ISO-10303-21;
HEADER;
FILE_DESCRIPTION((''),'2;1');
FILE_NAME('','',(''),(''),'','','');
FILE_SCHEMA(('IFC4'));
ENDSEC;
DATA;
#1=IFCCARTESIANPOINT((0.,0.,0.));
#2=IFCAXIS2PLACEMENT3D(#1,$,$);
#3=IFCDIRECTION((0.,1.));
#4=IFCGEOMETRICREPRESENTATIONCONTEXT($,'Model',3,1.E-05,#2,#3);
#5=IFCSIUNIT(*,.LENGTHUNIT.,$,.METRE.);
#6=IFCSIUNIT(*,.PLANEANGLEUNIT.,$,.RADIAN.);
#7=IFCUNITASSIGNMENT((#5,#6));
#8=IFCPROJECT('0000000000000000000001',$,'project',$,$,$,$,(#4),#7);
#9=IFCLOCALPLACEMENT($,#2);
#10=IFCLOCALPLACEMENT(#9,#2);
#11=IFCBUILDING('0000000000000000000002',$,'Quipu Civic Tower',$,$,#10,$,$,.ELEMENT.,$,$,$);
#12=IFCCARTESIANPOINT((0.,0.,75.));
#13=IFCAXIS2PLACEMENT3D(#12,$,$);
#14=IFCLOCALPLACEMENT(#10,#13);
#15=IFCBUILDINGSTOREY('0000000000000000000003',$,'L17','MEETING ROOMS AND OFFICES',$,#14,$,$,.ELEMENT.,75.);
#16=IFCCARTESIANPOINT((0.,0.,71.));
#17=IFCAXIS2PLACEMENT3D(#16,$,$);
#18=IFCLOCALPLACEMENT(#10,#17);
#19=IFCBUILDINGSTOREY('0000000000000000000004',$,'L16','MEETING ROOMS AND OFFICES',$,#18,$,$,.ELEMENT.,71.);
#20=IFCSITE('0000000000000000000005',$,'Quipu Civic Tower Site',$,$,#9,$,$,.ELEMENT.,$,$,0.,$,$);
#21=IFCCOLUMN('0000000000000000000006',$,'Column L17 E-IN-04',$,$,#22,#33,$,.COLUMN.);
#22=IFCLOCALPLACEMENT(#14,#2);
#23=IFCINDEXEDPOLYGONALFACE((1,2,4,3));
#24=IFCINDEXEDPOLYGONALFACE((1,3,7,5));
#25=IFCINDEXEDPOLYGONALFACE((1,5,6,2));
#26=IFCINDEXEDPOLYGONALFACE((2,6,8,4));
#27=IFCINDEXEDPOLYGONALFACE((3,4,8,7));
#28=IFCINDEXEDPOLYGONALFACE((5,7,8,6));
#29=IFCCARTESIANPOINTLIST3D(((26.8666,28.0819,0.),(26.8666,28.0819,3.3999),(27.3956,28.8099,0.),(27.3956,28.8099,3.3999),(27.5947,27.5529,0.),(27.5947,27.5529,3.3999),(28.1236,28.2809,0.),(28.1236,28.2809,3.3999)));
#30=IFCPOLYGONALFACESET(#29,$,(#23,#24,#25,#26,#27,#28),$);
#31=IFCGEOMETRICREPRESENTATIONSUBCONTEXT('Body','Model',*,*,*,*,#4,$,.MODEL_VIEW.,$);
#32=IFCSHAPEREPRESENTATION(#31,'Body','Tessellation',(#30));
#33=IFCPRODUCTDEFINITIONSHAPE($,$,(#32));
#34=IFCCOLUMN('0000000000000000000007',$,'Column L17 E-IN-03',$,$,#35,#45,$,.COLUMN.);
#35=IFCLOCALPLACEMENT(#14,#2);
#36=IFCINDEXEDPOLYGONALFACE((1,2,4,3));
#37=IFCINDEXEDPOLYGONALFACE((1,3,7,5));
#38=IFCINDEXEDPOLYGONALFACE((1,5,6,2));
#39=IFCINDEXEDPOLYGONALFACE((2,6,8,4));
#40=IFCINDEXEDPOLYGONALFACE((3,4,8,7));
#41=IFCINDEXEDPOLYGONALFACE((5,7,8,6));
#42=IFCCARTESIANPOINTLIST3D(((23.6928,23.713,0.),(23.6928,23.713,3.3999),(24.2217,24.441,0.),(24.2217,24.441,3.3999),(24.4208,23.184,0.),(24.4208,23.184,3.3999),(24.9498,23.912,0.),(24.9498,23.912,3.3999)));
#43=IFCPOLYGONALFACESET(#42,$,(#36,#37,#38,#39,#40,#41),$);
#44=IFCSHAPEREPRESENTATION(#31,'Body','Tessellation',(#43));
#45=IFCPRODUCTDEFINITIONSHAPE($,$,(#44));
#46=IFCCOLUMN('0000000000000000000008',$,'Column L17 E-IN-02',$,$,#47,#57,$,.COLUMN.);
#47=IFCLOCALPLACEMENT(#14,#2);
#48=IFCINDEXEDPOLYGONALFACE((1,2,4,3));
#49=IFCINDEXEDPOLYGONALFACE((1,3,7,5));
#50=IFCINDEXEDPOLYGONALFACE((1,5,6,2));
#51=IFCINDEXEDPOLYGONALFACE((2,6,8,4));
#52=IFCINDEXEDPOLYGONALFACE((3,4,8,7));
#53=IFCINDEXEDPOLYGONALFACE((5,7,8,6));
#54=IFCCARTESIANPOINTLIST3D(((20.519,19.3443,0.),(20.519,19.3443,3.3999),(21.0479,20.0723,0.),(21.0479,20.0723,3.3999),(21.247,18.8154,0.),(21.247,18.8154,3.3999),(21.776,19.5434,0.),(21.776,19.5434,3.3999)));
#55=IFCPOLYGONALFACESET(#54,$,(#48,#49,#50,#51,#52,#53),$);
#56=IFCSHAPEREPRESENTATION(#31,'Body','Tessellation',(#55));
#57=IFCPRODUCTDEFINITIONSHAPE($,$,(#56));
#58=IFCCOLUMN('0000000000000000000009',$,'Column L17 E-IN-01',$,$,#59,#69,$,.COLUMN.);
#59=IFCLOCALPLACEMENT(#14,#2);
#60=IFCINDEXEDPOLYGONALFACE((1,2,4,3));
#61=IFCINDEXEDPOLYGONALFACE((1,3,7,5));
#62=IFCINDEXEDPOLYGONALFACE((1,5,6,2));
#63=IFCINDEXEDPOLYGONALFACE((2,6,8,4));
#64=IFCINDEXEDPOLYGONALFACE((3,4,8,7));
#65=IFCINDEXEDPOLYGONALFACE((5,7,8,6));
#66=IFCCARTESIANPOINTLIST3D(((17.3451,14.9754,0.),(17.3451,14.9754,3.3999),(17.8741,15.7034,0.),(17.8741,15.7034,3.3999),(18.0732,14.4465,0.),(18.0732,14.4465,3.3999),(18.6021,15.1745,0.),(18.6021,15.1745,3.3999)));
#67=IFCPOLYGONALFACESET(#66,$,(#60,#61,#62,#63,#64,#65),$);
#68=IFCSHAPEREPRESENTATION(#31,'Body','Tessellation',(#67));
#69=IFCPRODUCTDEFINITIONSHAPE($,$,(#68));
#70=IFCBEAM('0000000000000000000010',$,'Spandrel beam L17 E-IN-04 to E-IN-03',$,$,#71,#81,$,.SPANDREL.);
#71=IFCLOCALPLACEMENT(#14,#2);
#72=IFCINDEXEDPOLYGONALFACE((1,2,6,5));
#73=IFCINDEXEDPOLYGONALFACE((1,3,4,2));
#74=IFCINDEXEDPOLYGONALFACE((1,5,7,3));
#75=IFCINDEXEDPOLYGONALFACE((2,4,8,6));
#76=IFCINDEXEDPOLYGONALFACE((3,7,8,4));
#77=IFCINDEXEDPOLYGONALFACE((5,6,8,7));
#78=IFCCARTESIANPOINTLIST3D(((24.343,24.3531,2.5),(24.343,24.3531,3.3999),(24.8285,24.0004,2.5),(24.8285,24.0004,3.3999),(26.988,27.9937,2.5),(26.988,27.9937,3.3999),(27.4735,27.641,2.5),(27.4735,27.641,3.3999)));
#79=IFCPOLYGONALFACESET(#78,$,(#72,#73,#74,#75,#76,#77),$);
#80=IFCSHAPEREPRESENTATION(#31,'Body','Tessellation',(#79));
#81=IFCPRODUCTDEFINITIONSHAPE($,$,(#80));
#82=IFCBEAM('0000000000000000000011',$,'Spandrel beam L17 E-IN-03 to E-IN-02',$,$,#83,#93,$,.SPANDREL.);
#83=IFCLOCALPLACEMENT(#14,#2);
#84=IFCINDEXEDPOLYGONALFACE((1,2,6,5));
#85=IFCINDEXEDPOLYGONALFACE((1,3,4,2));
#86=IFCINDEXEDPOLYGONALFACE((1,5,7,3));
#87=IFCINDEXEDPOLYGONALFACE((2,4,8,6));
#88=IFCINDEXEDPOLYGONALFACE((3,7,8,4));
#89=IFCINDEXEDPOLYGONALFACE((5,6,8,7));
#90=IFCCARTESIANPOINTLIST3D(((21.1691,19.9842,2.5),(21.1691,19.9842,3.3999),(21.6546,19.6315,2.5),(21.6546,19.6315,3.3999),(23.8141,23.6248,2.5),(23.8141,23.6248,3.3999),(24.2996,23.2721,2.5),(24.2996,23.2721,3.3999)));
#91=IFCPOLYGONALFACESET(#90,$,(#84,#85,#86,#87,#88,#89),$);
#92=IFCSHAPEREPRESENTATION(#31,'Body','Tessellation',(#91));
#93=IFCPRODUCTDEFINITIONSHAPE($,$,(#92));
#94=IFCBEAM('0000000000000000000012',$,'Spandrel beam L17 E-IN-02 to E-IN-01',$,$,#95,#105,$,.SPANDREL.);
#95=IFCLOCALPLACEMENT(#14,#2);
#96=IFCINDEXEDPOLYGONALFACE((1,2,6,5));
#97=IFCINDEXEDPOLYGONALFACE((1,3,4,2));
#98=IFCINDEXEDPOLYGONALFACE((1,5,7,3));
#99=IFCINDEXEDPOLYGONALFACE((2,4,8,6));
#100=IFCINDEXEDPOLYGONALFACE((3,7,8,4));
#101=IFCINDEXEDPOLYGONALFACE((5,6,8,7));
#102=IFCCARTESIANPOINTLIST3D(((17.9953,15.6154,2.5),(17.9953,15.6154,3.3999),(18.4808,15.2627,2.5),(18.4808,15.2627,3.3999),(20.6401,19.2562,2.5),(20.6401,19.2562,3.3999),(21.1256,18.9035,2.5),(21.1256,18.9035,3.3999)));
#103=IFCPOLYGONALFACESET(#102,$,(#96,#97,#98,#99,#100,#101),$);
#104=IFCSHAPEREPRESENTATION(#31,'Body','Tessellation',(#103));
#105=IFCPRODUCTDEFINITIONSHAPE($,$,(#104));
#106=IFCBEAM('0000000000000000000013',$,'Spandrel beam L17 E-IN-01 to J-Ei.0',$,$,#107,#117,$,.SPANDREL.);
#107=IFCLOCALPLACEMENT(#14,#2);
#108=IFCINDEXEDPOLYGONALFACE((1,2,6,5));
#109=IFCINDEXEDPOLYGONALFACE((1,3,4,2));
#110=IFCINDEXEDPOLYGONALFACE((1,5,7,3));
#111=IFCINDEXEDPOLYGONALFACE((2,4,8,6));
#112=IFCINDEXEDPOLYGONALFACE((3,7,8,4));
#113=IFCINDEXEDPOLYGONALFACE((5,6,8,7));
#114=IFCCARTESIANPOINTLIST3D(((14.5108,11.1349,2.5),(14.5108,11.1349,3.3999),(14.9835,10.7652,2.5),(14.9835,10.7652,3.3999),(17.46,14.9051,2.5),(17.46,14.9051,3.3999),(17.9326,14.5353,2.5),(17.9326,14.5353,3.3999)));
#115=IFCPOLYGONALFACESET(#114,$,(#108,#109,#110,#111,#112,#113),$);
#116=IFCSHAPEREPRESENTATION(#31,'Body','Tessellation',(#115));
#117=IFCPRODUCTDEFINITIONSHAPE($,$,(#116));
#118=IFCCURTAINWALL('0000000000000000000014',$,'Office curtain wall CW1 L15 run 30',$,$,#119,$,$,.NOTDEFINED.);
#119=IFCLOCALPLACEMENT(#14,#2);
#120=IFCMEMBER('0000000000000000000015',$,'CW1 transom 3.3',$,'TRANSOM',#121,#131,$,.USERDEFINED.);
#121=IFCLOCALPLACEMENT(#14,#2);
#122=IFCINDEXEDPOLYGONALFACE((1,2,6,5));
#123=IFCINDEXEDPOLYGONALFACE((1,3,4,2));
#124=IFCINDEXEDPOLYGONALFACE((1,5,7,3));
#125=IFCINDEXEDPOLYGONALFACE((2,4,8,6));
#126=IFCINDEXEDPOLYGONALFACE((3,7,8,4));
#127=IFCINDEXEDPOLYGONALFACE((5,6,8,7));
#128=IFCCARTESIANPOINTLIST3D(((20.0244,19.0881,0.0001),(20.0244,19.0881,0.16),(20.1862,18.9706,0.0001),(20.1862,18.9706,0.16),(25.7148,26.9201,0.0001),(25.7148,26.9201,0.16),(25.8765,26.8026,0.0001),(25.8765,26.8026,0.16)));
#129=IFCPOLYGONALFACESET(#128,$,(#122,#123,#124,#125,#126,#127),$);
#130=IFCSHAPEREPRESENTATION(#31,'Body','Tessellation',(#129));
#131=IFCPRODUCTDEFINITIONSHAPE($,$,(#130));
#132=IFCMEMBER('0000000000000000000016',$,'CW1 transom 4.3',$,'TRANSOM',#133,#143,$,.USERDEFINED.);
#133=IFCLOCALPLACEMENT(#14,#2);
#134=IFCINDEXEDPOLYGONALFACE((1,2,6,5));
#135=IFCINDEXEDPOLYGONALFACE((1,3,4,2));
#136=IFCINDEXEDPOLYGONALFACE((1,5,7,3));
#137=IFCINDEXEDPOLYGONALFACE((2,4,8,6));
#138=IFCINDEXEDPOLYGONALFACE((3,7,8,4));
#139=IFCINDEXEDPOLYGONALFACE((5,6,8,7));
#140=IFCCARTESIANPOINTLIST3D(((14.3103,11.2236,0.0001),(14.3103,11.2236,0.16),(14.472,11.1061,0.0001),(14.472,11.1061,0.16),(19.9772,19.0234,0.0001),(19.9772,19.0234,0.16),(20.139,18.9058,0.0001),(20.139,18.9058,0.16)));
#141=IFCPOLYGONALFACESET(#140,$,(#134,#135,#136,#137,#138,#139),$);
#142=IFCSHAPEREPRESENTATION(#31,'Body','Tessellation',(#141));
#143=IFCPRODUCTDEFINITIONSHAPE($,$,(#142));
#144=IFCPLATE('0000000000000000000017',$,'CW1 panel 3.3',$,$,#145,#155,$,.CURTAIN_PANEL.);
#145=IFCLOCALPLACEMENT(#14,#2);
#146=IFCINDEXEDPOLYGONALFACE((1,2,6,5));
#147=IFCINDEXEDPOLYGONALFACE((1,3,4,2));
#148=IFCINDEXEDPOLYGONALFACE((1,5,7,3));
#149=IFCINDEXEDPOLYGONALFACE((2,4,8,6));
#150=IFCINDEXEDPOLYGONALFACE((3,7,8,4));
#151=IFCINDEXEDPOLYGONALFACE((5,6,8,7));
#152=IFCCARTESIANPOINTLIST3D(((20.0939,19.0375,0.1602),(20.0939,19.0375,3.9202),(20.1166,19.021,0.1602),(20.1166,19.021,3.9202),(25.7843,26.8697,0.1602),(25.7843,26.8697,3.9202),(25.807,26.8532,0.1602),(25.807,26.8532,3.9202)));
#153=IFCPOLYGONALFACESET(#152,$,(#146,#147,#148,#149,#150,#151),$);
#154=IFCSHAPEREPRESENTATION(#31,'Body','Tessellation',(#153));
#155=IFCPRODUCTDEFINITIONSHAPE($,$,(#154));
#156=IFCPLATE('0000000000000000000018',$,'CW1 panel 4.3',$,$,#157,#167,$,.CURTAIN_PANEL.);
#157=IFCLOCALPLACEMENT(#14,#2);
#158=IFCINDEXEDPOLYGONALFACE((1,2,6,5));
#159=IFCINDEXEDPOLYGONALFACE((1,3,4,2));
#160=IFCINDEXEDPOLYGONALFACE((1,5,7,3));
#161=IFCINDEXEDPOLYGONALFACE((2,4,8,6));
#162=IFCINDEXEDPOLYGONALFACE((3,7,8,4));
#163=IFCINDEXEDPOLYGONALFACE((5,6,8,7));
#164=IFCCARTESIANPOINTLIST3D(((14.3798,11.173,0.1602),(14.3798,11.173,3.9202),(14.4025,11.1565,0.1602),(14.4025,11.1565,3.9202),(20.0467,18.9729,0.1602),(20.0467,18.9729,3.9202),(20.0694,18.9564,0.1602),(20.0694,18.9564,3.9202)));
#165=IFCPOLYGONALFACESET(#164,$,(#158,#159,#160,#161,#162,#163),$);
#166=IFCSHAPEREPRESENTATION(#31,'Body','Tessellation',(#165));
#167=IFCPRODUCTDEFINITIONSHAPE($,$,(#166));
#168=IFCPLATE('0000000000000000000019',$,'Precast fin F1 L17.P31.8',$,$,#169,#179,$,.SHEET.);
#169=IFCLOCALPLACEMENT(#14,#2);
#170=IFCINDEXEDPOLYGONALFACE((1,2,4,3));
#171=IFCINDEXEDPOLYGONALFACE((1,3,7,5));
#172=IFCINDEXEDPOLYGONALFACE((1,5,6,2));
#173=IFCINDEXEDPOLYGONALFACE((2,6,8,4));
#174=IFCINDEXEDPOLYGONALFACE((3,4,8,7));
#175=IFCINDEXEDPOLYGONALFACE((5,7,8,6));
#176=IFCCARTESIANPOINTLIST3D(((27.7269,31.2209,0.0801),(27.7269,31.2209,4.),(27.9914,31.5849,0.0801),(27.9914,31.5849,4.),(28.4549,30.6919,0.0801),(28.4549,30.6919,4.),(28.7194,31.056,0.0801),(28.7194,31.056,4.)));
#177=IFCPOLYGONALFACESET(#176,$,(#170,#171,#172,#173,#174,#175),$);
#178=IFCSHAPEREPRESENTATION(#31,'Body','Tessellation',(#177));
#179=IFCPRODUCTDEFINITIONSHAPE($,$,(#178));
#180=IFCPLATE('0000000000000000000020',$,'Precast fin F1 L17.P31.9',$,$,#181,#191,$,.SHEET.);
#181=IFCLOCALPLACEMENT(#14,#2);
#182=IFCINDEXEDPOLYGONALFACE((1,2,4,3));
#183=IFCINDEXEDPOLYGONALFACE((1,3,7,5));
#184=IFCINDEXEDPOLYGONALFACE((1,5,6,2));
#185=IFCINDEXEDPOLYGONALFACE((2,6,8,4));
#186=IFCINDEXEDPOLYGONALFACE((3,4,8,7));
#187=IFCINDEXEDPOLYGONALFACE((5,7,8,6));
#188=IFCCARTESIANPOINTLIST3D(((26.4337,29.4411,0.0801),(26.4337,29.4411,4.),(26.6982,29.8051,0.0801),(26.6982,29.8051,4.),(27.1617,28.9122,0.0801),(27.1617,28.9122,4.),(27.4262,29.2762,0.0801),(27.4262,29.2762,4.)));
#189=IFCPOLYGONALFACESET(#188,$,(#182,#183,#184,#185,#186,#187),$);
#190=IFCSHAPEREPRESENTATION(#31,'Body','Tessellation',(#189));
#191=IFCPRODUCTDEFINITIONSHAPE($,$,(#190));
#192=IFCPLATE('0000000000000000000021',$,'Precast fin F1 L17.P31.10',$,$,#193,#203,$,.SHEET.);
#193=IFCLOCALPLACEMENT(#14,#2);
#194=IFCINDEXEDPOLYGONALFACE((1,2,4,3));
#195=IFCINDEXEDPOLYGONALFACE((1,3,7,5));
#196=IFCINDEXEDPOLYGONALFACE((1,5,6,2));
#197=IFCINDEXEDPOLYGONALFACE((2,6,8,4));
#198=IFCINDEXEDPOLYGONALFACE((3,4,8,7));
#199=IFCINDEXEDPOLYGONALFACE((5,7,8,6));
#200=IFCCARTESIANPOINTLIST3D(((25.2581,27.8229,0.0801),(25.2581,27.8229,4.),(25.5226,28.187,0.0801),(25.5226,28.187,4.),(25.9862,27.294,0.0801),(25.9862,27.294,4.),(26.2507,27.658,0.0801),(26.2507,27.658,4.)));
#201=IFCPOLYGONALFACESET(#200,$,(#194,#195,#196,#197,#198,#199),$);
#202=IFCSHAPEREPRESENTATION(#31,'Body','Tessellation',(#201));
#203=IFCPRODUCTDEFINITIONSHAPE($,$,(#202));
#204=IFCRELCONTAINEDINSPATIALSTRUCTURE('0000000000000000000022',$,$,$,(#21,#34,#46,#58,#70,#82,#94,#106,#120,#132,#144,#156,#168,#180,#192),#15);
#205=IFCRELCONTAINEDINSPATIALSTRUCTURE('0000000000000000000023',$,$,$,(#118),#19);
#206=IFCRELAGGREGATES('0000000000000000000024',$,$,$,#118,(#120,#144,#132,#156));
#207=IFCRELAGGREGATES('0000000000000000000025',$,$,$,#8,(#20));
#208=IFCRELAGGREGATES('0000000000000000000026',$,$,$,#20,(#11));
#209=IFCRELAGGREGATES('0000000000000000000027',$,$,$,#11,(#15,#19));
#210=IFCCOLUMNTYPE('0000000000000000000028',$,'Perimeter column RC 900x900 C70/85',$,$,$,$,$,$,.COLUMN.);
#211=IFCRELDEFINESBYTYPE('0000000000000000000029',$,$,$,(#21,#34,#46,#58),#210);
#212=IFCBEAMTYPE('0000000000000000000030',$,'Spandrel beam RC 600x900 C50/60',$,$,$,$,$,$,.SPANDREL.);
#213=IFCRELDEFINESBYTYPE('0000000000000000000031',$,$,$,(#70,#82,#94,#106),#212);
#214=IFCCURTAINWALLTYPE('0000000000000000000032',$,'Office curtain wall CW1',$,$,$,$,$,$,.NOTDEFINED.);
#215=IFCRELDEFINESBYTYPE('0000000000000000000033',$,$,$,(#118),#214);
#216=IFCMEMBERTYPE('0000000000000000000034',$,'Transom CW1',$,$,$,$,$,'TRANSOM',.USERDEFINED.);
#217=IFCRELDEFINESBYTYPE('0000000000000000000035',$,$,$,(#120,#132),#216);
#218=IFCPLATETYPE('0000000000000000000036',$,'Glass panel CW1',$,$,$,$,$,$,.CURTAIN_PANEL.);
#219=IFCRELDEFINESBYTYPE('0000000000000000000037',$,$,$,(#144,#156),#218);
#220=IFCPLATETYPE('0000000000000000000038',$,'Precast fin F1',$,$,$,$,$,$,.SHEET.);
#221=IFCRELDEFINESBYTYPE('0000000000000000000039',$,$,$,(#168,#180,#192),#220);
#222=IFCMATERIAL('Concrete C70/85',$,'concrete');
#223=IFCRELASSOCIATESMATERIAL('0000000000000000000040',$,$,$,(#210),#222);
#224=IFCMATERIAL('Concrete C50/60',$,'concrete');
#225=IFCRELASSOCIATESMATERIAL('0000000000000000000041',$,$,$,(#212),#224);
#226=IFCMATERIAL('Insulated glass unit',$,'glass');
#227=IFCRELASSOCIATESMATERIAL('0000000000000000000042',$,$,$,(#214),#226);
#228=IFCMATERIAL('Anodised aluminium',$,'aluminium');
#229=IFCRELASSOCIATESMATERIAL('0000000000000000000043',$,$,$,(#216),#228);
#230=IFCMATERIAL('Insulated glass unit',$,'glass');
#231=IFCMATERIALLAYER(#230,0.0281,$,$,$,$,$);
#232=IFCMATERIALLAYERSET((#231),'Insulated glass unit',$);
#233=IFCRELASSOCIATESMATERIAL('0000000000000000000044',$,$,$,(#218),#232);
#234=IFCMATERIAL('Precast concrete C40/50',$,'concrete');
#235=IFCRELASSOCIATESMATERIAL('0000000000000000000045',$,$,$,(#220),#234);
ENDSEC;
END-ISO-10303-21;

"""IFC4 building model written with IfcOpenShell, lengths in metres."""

from ifc_helpers import new_model, si_unit, direction, frame, origin, origin_2d, place, context, subcontext, project, spatial, rectangle, extrude, material, layer, layer_set, material_profile, profile_set, type_object, element, aggregate, save


model = new_model("IFC4")

# Units and contexts
model_context = context("Model", 3, precision=1e-05, world=origin(), true_north=direction((0.0, 1.0)))
body_context = subcontext(model_context, "Body", "Model", "MODEL_VIEW")
ifc_project = project(units=[si_unit("LENGTHUNIT", "METRE"), si_unit("PLANEANGLEUNIT", "RADIAN")], contexts=[model_context])

# Site, building, storey
site_placement = place(None, origin())
site = spatial("IfcSite", under=ifc_project, at=site_placement, Name="Quipu Civic Tower Site", CompositionType="ELEMENT", RefElevation=0.0)
building_placement = place(site_placement, origin())
building = spatial("IfcBuilding", under=site, at=building_placement, Name="Quipu Civic Tower", CompositionType="ELEMENT")
storey_1_placement = place(building_placement, frame((0.0, 0.0, 75.0)))
storey_1 = spatial("IfcBuildingStorey", under=building, at=storey_1_placement, Name="L17", Description="MEETING ROOMS AND OFFICES", CompositionType="ELEMENT", Elevation=75.0)

# Columns
ifc_material_1 = material(Name="Concrete C70/85", Category="concrete")
ifc_material_profile_1 = material_profile(ifc_material_1, rectangle(XDim=0.8999, YDim=0.8999, at=origin_2d()), Name="RC900x900")
ifc_profile_set_1 = profile_set([ifc_material_profile_1], Name="Concrete C70/85")
column_type = type_object("IfcColumnType", Name="Perimeter column RC 900x900 C70/85", PredefinedType="COLUMN", material=ifc_profile_set_1)
for number, where, z_axis, x_axis, name in (
    (1, (27.4951, 28.1814, 0.0), (0.0, 0.0, 1.0), (-0.587785, -0.809017, 0.0), "Column L17 E-IN-04"),
    (2, (24.3213, 23.8125, 0.0), (0.0, 0.0, 1.0), (-0.587785, -0.809017, 0.0), "Column L17 E-IN-03"),
    (3, (21.1475, 19.4438, 0.0), (0.0, 0.0, 1.0), (-0.587785, -0.809017, 0.0), "Column L17 E-IN-02"),
    (4, (17.9736, 15.075, 0.0), (0.0, 0.0, 1.0), (-0.587785, -0.809017, 0.0), "Column L17 E-IN-01"),
):
    element("IfcColumn", number, at=place(storey_1_placement, frame(where, z_axis=z_axis, x_axis=x_axis)), inside=storey_1, type_object=column_type, Name=name, PredefinedType="COLUMN", context=body_context, shape_type="SweptSolid", body=[
        extrude(rectangle(XDim=0.8999, YDim=0.8999, at=origin_2d()), origin(), (0.0, 0.0, 1.0), 3.3999),
    ])

# Beams
ifc_material_2 = material(Name="Concrete C50/60", Category="concrete")
ifc_material_profile_2 = material_profile(ifc_material_2, rectangle(XDim=0.6001, YDim=0.8999, at=origin_2d()), Name="RC600x900")
ifc_profile_set_2 = profile_set([ifc_material_profile_2], Name="Concrete C50/60")
beam_type = type_object("IfcBeamType", Name="Spandrel beam RC 600x900 C50/60", PredefinedType="SPANDREL", material=ifc_profile_set_2)
for number, where, z_axis, x_axis, name in (
    (5, (27.2307, 27.8174, 2.95), (-0.587778, -0.809022, 0.0), (0.809022, -0.587778, 0.0), "Spandrel beam L17 E-IN-04 to E-IN-03"),
    (6, (24.0569, 23.4485, 2.95), (-0.587778, -0.809022, 0.0), (0.809022, -0.587778, 0.0), "Spandrel beam L17 E-IN-03 to E-IN-02"),
    (7, (20.8828, 19.0798, 2.95), (-0.587717, -0.809067, 0.0), (0.809067, -0.587717, 0.0), "Spandrel beam L17 E-IN-02 to E-IN-01"),
):
    element("IfcBeam", number, at=place(storey_1_placement, frame(where, z_axis=z_axis, x_axis=x_axis)), inside=storey_1, type_object=beam_type, Name=name, PredefinedType="SPANDREL", context=body_context, shape_type="SweptSolid", body=[
        extrude(rectangle(XDim=0.6001, YDim=0.8999, at=origin_2d()), origin(), (0.0, 0.0, 1.0), 4.5),
    ])
beam_placement = place(storey_1_placement, frame((17.6963, 14.7202, 2.95), z_axis=(-0.616124, -0.787649, 0.0), x_axis=(0.787649, -0.616124, 0.0)))
element("IfcBeam", 8, at=beam_placement, inside=storey_1, type_object=beam_type, Name="Spandrel beam L17 E-IN-01 to J-Ei.0", PredefinedType="SPANDREL", context=body_context, shape_type="SweptSolid", body=[
    extrude(rectangle(XDim=0.6001, YDim=0.8999, at=origin_2d()), origin(), (0.0, 0.0, 1.0), 4.7866),
])

# Shared definitions
storey_2_placement = place(building_placement, frame((0.0, 0.0, 71.0)))
storey_2 = spatial("IfcBuildingStorey", under=building, at=storey_2_placement, Name="L16", Description="MEETING ROOMS AND OFFICES", CompositionType="ELEMENT", Elevation=71.0)

# Curtain wall, members, plates
ifc_material_3 = material(Name="Insulated glass unit", Category="glass")
curtain_wall_type = type_object("IfcCurtainWallType", Name="Office curtain wall CW1", PredefinedType="NOTDEFINED", material=ifc_material_3)
curtain_wall_placement = place(storey_2_placement, origin())
curtain_wall = element("IfcCurtainWall", 9, at=curtain_wall_placement, inside=storey_2, type_object=curtain_wall_type, Name="Office curtain wall CW1 L15 run 30", PredefinedType="NOTDEFINED")
ifc_material_4 = material(Name="Anodised aluminium", Category="aluminium")
ifc_material_profile_3 = material_profile(ifc_material_4, rectangle(XDim=0.2, YDim=0.1599, at=origin_2d()), Name="RECT 200x160")
ifc_profile_set_3 = profile_set([ifc_material_profile_3], Name="Anodised aluminium")
member_type = type_object("IfcMemberType", Name="Transom CW1", ElementType="TRANSOM", PredefinedType="USERDEFINED", material=ifc_profile_set_3)
member_1_placement = place(storey_1_placement, frame((25.7957, 26.8613, 0.0801), z_axis=(-0.587794, -0.809011, 0.0), x_axis=(0.809011, -0.587794, 0.0)))
member_1 = element("IfcMember", 10, at=member_1_placement, inside=storey_1, type_object=member_type, Name="CW1 transom 3.3", ObjectType="TRANSOM", PredefinedType="USERDEFINED", context=body_context, shape_type="SweptSolid", body=[
    extrude(rectangle(XDim=0.2, YDim=0.1599, at=origin_2d()), origin(), (0.0, 0.0, 1.0), 9.6809),
])
member_2_placement = place(storey_1_placement, frame((20.0581, 18.9646, 0.0801), z_axis=(-0.587792, -0.809012, 0.0), x_axis=(0.809012, -0.587792, 0.0)))
member_2 = element("IfcMember", 11, at=member_2_placement, inside=storey_1, type_object=member_type, Name="CW1 transom 4.3", ObjectType="TRANSOM", PredefinedType="USERDEFINED", context=body_context, shape_type="SweptSolid", body=[
    extrude(rectangle(XDim=0.2, YDim=0.1599, at=origin_2d()), origin(), (0.0, 0.0, 1.0), 9.6411),
])
ifc_material_5 = material(Name="Insulated glass unit", Category="glass")
ifc_layer = layer(ifc_material_5, 0.0281)
ifc_layer_set = layer_set([ifc_layer], Name="Insulated glass unit")
plate_type_1 = type_object("IfcPlateType", Name="Glass panel CW1", PredefinedType="CURTAIN_PANEL", material=ifc_layer_set)
plate_1_placement = place(storey_1_placement, frame((22.9504, 22.9453, 0.1602), z_axis=(0.0, 0.0, 1.0), x_axis=(-0.587786, -0.809017, 0.0)))
plate_1 = element("IfcPlate", 12, at=plate_1_placement, inside=storey_1, type_object=plate_type_1, Name="CW1 panel 3.3", PredefinedType="CURTAIN_PANEL", context=body_context, shape_type="SweptSolid", body=[
    extrude(rectangle(XDim=9.6812, YDim=0.0281, at=origin_2d()), origin(), (0.0, 0.0, 1.0), 3.76),
])
plate_2_placement = place(storey_1_placement, frame((17.2246, 15.0647, 0.1602), z_axis=(0.0, 0.0, 1.0), x_axis=(-0.587786, -0.809017, 0.0)))
plate_2 = element("IfcPlate", 13, at=plate_2_placement, inside=storey_1, type_object=plate_type_1, Name="CW1 panel 4.3", PredefinedType="CURTAIN_PANEL", context=body_context, shape_type="SweptSolid", body=[
    extrude(rectangle(XDim=9.6411, YDim=0.0281, at=origin_2d()), origin(), (0.0, 0.0, 1.0), 3.76),
])
aggregate(curtain_wall, [member_1, plate_1, member_2, plate_2])

# Plates
ifc_material_6 = material(Name="Precast concrete C40/50", Category="concrete")
plate_type_2 = type_object("IfcPlateType", Name="Precast fin F1", PredefinedType="SHEET", material=ifc_material_6)
for number, where, z_axis, x_axis, name in (
    (14, (28.2231, 31.1384, 0.0801), (0.0, 0.0, 1.0), (-0.587785, -0.809017, 0.0), "Precast fin F1 L17.P31.8"),
    (15, (26.9299, 29.3586, 0.0801), (0.0, 0.0, 1.0), (-0.587785, -0.809017, 0.0), "Precast fin F1 L17.P31.9"),
    (16, (25.7544, 27.7405, 0.0801), (0.0, 0.0, 1.0), (-0.587785, -0.809017, 0.0), "Precast fin F1 L17.P31.10"),
):
    element("IfcPlate", number, at=place(storey_1_placement, frame(where, z_axis=z_axis, x_axis=x_axis)), inside=storey_1, type_object=plate_type_2, Name=name, PredefinedType="SHEET", context=body_context, shape_type="SweptSolid", body=[
        extrude(rectangle(XDim=0.45, YDim=0.8999, at=origin_2d()), origin(), (0.0, 0.0, 1.0), 3.9199),
    ])

save(model, "model.ifc")
